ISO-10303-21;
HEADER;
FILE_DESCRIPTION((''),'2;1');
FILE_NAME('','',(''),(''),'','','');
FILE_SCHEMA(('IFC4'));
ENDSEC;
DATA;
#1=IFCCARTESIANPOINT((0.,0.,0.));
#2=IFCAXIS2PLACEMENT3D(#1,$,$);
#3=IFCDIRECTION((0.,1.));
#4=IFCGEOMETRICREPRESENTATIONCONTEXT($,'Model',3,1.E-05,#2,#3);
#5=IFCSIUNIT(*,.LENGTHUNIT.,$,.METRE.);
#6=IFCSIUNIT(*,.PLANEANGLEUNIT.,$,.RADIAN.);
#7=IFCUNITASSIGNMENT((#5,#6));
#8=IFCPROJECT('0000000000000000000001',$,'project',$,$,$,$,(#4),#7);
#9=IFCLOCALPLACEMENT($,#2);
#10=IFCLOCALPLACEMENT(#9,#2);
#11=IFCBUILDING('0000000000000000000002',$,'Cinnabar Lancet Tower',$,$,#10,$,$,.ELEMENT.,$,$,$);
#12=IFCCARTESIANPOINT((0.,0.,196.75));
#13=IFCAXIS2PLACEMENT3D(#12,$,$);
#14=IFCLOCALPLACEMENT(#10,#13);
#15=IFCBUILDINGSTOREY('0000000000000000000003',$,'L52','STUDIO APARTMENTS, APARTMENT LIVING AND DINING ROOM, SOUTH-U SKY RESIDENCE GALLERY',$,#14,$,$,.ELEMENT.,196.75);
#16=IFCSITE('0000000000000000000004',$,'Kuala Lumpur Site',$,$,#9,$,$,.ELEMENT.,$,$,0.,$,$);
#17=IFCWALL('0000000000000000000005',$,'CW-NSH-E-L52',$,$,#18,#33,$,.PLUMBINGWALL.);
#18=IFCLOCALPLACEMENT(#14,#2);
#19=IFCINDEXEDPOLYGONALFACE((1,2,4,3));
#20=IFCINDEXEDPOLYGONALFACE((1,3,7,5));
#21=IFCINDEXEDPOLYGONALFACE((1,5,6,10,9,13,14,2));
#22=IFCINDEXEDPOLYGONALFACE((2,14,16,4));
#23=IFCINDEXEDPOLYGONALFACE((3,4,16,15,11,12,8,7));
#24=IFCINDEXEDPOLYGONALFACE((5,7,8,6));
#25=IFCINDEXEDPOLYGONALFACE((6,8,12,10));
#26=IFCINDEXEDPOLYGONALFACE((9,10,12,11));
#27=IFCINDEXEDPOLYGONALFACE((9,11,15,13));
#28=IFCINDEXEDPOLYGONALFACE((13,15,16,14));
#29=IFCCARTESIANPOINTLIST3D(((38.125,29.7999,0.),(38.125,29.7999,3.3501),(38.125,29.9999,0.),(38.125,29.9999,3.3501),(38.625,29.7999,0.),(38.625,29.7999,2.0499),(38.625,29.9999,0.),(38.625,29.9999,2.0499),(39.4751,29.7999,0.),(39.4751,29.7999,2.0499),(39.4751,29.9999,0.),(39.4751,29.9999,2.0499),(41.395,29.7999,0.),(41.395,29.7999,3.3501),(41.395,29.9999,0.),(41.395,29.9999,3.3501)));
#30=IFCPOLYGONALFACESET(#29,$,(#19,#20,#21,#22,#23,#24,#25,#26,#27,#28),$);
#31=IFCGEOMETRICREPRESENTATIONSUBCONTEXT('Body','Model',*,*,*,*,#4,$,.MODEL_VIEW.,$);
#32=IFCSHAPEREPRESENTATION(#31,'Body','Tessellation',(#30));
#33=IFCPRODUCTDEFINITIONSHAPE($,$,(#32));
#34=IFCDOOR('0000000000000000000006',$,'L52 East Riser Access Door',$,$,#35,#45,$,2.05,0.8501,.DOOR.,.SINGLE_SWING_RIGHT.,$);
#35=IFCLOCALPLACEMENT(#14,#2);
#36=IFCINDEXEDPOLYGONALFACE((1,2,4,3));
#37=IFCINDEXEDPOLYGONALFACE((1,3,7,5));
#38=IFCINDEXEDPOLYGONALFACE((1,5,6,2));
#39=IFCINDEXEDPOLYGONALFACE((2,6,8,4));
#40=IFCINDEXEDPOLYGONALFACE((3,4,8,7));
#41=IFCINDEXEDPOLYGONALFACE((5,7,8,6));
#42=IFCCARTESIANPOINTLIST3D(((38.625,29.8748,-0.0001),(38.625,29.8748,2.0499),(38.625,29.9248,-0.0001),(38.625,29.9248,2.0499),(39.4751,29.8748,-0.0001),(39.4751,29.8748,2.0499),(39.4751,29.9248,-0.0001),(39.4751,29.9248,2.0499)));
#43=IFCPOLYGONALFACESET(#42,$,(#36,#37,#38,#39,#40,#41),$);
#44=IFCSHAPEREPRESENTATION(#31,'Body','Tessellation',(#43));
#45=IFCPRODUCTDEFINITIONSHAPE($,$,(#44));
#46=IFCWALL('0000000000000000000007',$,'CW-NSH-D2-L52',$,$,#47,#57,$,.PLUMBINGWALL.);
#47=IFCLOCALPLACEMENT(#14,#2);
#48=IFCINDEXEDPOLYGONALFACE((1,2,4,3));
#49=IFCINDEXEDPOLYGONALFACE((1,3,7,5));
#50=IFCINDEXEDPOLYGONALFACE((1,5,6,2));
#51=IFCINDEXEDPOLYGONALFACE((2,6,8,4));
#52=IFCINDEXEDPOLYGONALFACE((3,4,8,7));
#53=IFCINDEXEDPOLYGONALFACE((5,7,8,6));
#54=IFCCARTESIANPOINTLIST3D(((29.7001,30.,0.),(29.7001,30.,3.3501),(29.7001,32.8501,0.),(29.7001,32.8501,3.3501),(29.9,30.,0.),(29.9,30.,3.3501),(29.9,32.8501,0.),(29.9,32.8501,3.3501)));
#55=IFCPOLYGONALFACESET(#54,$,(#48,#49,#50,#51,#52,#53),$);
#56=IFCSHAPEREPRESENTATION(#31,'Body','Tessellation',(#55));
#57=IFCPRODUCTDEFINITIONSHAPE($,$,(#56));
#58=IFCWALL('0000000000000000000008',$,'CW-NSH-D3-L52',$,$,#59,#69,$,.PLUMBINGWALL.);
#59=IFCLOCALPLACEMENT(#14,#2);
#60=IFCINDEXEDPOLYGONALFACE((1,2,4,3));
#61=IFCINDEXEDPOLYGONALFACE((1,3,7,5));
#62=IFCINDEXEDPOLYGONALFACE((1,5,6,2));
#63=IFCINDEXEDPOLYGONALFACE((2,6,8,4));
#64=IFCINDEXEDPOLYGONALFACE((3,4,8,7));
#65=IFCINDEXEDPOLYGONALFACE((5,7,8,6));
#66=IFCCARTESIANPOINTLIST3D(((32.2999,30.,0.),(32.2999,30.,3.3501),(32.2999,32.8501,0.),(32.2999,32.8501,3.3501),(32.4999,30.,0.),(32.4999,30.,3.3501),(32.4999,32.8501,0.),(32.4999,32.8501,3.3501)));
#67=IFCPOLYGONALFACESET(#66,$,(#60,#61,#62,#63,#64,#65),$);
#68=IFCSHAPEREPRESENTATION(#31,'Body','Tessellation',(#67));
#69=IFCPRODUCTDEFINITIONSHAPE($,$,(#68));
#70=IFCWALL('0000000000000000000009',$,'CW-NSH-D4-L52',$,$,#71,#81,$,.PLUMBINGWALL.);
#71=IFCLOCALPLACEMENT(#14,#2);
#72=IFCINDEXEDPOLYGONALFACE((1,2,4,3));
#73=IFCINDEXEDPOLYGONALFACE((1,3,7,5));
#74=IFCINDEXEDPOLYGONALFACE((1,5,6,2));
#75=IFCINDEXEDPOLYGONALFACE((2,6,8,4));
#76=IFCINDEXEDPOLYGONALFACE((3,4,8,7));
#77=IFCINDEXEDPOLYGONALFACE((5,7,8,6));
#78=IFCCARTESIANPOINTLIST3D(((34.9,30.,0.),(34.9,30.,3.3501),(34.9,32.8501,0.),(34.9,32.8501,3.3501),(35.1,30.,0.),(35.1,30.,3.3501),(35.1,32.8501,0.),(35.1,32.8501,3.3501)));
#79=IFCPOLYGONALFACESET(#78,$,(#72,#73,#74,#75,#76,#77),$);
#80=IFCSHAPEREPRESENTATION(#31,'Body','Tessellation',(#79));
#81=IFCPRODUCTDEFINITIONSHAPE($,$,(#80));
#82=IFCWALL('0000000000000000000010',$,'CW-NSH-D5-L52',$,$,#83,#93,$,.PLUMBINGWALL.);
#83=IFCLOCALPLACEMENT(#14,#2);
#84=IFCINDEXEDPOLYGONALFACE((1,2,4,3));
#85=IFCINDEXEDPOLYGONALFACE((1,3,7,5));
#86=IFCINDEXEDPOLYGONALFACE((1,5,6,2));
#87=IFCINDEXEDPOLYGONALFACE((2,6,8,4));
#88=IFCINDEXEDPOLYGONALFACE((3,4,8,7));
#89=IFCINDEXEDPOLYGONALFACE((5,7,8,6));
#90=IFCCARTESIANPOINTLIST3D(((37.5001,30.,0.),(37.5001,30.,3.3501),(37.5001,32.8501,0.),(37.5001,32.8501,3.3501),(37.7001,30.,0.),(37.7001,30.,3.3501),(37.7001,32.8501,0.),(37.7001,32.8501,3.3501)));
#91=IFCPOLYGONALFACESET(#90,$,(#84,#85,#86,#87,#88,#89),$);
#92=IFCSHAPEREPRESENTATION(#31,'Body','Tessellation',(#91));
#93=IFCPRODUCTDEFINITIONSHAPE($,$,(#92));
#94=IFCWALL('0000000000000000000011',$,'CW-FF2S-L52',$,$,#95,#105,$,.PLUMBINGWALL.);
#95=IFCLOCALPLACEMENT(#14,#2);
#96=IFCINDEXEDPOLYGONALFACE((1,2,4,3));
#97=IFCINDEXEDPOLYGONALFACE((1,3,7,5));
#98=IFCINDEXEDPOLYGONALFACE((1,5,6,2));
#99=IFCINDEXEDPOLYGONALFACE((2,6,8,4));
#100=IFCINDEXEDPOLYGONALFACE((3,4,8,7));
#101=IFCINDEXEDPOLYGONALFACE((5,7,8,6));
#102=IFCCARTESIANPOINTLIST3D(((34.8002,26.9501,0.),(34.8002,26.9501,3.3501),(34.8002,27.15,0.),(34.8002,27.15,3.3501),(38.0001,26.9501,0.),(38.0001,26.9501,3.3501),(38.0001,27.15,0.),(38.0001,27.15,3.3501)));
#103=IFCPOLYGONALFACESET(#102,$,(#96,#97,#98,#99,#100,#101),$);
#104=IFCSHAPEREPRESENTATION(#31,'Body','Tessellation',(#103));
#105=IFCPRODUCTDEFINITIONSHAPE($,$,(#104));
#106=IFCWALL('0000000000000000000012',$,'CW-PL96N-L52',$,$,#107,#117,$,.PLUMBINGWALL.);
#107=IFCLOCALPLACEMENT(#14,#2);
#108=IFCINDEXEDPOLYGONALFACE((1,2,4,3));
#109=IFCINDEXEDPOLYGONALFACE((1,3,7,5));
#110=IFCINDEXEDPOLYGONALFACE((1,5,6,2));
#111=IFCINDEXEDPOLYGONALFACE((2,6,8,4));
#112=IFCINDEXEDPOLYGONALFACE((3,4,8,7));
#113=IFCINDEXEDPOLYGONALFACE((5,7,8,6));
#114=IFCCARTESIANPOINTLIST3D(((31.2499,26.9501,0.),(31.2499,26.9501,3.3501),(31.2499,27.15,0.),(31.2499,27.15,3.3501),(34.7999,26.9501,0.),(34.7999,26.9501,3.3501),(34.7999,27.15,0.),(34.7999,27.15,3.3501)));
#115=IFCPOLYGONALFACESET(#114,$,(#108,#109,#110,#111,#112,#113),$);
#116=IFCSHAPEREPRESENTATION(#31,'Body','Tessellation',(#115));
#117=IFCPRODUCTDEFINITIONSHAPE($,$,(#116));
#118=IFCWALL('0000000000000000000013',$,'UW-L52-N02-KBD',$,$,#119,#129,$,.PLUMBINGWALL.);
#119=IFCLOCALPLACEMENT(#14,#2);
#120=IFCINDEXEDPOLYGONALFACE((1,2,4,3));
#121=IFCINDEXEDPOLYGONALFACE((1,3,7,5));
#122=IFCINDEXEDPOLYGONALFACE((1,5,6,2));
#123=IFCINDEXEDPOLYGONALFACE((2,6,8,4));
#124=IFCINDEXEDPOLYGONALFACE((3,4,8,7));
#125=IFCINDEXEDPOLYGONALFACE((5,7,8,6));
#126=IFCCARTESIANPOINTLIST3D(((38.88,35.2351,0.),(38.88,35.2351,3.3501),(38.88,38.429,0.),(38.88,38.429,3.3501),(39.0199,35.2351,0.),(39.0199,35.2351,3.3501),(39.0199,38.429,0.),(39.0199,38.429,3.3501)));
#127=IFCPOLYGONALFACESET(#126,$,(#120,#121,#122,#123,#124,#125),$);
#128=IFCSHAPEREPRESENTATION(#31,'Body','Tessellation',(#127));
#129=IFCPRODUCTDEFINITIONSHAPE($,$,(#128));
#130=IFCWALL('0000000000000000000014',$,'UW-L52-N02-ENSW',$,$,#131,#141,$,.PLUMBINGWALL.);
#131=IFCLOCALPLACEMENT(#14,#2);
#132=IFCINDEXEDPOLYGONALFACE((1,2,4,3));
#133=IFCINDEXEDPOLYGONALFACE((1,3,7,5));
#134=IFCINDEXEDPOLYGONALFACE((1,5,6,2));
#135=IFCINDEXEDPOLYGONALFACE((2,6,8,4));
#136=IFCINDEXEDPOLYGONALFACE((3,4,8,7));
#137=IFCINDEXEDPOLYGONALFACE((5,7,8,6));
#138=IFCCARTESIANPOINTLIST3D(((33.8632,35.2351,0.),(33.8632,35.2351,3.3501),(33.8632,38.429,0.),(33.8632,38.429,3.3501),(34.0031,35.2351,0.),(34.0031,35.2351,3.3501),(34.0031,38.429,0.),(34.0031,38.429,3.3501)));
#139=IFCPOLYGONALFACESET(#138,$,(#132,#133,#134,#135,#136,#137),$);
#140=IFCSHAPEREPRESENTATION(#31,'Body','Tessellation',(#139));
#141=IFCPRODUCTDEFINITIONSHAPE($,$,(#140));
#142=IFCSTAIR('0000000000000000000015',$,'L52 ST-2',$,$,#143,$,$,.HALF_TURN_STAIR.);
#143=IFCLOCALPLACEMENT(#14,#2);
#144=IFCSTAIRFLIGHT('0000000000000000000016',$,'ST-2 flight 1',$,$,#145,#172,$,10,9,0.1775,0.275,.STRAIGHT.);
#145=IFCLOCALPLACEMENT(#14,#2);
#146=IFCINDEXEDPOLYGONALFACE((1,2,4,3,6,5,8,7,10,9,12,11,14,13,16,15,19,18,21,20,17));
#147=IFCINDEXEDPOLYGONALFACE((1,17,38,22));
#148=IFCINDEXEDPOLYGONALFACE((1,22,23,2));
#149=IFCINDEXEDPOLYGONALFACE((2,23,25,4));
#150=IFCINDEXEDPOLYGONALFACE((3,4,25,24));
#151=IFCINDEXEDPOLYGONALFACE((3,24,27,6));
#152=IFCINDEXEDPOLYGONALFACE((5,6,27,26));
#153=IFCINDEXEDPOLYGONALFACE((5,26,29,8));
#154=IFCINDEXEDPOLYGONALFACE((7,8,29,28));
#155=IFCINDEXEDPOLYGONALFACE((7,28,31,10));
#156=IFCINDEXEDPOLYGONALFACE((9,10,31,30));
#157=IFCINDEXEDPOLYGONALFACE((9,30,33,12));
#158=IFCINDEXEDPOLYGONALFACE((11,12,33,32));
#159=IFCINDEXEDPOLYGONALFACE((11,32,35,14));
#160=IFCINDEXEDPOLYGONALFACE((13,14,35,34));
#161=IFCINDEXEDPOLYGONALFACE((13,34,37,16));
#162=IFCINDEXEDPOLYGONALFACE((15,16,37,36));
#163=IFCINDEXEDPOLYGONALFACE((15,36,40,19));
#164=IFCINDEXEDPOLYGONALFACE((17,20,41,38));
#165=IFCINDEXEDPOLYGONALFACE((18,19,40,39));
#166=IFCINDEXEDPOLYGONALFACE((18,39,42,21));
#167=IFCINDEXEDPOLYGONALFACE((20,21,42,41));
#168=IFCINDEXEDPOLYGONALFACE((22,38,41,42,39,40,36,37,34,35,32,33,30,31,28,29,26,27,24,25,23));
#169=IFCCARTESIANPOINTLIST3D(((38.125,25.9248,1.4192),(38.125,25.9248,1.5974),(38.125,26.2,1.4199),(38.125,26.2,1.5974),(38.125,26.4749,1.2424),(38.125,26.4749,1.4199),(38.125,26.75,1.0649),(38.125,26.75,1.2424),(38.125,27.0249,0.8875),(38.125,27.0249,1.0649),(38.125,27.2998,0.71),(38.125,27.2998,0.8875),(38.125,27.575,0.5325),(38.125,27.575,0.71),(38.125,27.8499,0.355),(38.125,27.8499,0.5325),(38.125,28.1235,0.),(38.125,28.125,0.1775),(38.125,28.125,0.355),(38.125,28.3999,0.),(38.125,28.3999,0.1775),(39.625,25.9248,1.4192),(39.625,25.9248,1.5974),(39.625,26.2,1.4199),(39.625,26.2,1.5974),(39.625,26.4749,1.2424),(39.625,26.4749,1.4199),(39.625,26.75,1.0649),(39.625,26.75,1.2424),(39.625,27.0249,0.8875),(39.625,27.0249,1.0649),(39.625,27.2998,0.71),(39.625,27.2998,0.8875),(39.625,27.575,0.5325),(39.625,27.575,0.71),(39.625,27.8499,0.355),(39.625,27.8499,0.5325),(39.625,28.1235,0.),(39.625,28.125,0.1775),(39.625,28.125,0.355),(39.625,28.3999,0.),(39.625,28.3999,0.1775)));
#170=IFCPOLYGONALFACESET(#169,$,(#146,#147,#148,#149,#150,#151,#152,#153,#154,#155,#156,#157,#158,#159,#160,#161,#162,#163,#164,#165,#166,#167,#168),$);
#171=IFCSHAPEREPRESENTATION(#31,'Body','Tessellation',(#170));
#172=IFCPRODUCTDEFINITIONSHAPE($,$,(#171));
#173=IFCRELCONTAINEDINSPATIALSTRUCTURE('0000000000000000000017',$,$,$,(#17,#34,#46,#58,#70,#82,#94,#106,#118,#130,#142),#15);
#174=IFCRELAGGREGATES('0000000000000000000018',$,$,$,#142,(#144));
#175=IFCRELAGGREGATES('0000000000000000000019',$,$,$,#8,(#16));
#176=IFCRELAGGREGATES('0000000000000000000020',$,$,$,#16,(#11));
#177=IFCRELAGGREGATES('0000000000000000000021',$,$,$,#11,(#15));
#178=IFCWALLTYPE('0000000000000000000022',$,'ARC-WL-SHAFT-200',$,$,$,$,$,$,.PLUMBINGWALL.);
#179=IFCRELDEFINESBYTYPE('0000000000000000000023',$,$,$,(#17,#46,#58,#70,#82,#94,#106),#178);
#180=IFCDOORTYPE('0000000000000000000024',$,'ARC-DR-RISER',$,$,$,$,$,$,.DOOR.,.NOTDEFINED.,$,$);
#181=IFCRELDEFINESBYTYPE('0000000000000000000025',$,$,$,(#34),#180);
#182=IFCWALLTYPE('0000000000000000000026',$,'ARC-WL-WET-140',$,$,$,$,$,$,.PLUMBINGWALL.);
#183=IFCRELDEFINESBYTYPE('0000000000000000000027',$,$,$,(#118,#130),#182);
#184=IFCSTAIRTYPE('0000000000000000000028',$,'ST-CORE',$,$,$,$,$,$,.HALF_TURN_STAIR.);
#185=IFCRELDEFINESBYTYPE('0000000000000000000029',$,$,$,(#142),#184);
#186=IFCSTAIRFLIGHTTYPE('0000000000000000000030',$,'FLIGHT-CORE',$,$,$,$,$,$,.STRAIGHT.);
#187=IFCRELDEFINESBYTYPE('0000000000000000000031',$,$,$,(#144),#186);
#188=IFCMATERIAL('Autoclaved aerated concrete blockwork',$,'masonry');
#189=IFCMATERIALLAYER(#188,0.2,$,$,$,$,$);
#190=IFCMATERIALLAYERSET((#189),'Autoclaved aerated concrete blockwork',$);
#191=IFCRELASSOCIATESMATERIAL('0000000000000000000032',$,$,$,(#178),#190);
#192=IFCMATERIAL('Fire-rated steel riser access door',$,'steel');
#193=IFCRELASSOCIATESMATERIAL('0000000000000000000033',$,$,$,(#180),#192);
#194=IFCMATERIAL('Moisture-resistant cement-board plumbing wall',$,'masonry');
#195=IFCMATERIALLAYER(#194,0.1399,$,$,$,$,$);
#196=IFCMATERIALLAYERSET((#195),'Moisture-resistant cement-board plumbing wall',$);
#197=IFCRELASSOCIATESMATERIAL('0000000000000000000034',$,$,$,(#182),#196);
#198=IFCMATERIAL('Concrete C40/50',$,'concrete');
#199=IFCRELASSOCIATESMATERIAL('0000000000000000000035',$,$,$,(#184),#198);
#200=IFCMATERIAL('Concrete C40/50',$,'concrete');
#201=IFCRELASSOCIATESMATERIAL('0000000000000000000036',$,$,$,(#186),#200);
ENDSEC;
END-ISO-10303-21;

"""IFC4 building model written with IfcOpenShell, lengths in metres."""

from ifc_helpers import new_model, si_unit, direction, frame, frame_2d, origin, place, context, subcontext, project, spatial, polyline, rectangle, outline, extrude, material, layer, layer_set, type_object, element, fill, aggregate, save


model = new_model("IFC4")

# Units and contexts
model_context = context("Model", 3, precision=1e-05, world=origin(), true_north=direction((0.0, 1.0)))
body_context = subcontext(model_context, "Body", "Model", "MODEL_VIEW")
ifc_project = project(units=[si_unit("LENGTHUNIT", "METRE"), si_unit("PLANEANGLEUNIT", "RADIAN")], contexts=[model_context])

# Site, building, storey
site_placement = place(None, origin())
site = spatial("IfcSite", under=ifc_project, at=site_placement, Name="Kuala Lumpur Site", CompositionType="ELEMENT", RefElevation=0.0)
building_placement = place(site_placement, origin())
building = spatial("IfcBuilding", under=site, at=building_placement, Name="Cinnabar Lancet Tower", CompositionType="ELEMENT")
storey_placement = place(building_placement, frame((0.0, 0.0, 196.75)))
storey = spatial("IfcBuildingStorey", under=building, at=storey_placement, Name="L52", Description="STUDIO APARTMENTS, APARTMENT LIVING AND DINING ROOM, SOUTH-U SKY RESIDENCE GALLERY", CompositionType="ELEMENT", Elevation=196.75)

# Shared definitions
ifc_material_1 = material(Name="Autoclaved aerated concrete blockwork", Category="masonry")
ifc_layer_1 = layer(ifc_material_1, 0.2)
ifc_layer_set_1 = layer_set([ifc_layer_1], Name="Autoclaved aerated concrete blockwork")
wall_type_1 = type_object("IfcWallType", Name="ARC-WL-SHAFT-200", PredefinedType="PLUMBINGWALL", material=ifc_layer_set_1)

# Wall, opening, door
wall_1_placement = place(storey_placement, frame((38.125, 29.8999, 0.0), z_axis=(0.0, 0.0, 1.0), x_axis=(1.0, 0.0, 0.0)))
wall_1 = element("IfcWall", 1, at=wall_1_placement, inside=storey, type_object=wall_type_1, Name="CW-NSH-E-L52", PredefinedType="PLUMBINGWALL", context=body_context, shape_type="SweptSolid", body=[
    extrude(rectangle(XDim=3.27, YDim=0.2, at=frame_2d((1.635, 0.0))), origin(), (0.0, 0.0, 1.0), 3.3501),
])
opening_1_placement = place(wall_1_placement, frame((0.5, 0.0, 0.0)))
opening_1 = element("IfcOpeningElement", 2, at=opening_1_placement, cuts=wall_1, PredefinedType="OPENING", context=body_context, shape_type="SweptSolid", body=[
    extrude(rectangle(XDim=0.8501, YDim=2.05, at=frame_2d((0.425, 1.0249))), frame((0.0, 0.1099, 0.0), z_axis=(0.0, -1.0, 0.0), x_axis=(1.0, 0.0, 0.0)), (0.0, 0.0, 1.0), 0.22),
])
ifc_material_2 = material(Name="Fire-rated steel riser access door", Category="steel")
door_type_1 = type_object("IfcDoorType", Name="ARC-DR-RISER", OperationType="NOTDEFINED", PredefinedType="DOOR", material=ifc_material_2)
door_1_placement = place(opening_1_placement, origin())
door_1 = element("IfcDoor", 3, at=door_1_placement, inside=storey, type_object=door_type_1, Name="L52 East Riser Access Door", OperationType="SINGLE_SWING_RIGHT", OverallHeight=2.05, OverallWidth=0.8501, PredefinedType="DOOR", context=body_context, shape_type="SweptSolid", body=[
    extrude(rectangle(XDim=0.8501, YDim=2.05, at=frame_2d((0.425, 1.0249))), frame((0.0, 0.0249, 0.0), z_axis=(0.0, -1.0, 0.0), x_axis=(1.0, 0.0, 0.0)), (0.0, 0.0, 1.0), 0.05),
])
fill(opening_1, door_1)

# Walls
for number, where, z_axis, x_axis, name in (
    (4, (29.8, 30.0, 0.0), (0.0, 0.0, 1.0), (0.0, 1.0, 0.0), "CW-NSH-D2-L52"),
    (5, (32.3999, 30.0, 0.0), (0.0, 0.0, 1.0), (0.0, 1.0, 0.0), "CW-NSH-D3-L52"),
    (6, (35.0, 30.0, 0.0), (0.0, 0.0, 1.0), (0.0, 1.0, 0.0), "CW-NSH-D4-L52"),
    (7, (37.6001, 30.0, 0.0), (0.0, 0.0, 1.0), (0.0, 1.0, 0.0), "CW-NSH-D5-L52"),
):
    element("IfcWall", number, at=place(storey_placement, frame(where, z_axis=z_axis, x_axis=x_axis)), inside=storey, type_object=wall_type_1, Name=name, PredefinedType="PLUMBINGWALL", context=body_context, shape_type="SweptSolid", body=[
        extrude(rectangle(XDim=2.8501, YDim=0.2, at=frame_2d((1.425, 0.0))), origin(), (0.0, 0.0, 1.0), 3.3501),
    ])

# Walls
wall_2_placement = place(storey_placement, frame((34.8, 27.05, 0.0), z_axis=(0.0, 0.0, 1.0), x_axis=(1.0, 0.0, 0.0)))
element("IfcWall", 8, at=wall_2_placement, inside=storey, type_object=wall_type_1, Name="CW-FF2S-L52", PredefinedType="PLUMBINGWALL", context=body_context, shape_type="SweptSolid", body=[
    extrude(rectangle(XDim=3.2, YDim=0.2, at=frame_2d((1.6001, 0.0))), origin(), (0.0, 0.0, 1.0), 3.3501),
])
wall_3_placement = place(storey_placement, frame((31.25, 27.05, 0.0), z_axis=(0.0, 0.0, 1.0), x_axis=(1.0, 0.0, 0.0)))
element("IfcWall", 9, at=wall_3_placement, inside=storey, type_object=wall_type_1, Name="CW-PL96N-L52", PredefinedType="PLUMBINGWALL", context=body_context, shape_type="SweptSolid", body=[
    extrude(rectangle(XDim=3.55, YDim=0.2, at=frame_2d((1.7749, 0.0))), origin(), (0.0, 0.0, 1.0), 3.3501),
])
ifc_material_3 = material(Name="Moisture-resistant cement-board plumbing wall", Category="masonry")
ifc_layer_2 = layer(ifc_material_3, 0.1399)
ifc_layer_set_2 = layer_set([ifc_layer_2], Name="Moisture-resistant cement-board plumbing wall")
wall_type_2 = type_object("IfcWallType", Name="ARC-WL-WET-140", PredefinedType="PLUMBINGWALL", material=ifc_layer_set_2)
for number, where, z_axis, x_axis, name in (
    (10, (38.95, 35.2351, 0.0), (0.0, 0.0, 1.0), (0.0, 1.0, 0.0), "UW-L52-N02-KBD"),
    (11, (33.9331, 35.2351, 0.0), (0.0, 0.0, 1.0), (0.0, 1.0, 0.0), "UW-L52-N02-ENSW"),
):
    element("IfcWall", number, at=place(storey_placement, frame(where, z_axis=z_axis, x_axis=x_axis)), inside=storey, type_object=wall_type_2, Name=name, PredefinedType="PLUMBINGWALL", context=body_context, shape_type="SweptSolid", body=[
        extrude(rectangle(XDim=3.1938, YDim=0.1399, at=frame_2d((1.5969, 0.0))), origin(), (0.0, 0.0, 1.0), 3.3501),
    ])

# Stair, stair flight
ifc_material_4 = material(Name="Concrete C40/50", Category="concrete")
stair_type = type_object("IfcStairType", Name="ST-CORE", PredefinedType="HALF_TURN_STAIR", material=ifc_material_4)
stair_placement = place(storey_placement, origin())
stair = element("IfcStair", 12, at=stair_placement, inside=storey, type_object=stair_type, Name="L52 ST-2", PredefinedType="HALF_TURN_STAIR")
ifc_material_5 = material(Name="Concrete C40/50", Category="concrete")
stair_flight_type = type_object("IfcStairFlightType", Name="FLIGHT-CORE", PredefinedType="STRAIGHT", material=ifc_material_5)
stair_flight_placement = place(storey_placement, frame((38.875, 28.3999, 0.0), z_axis=(0.0, 0.0, 1.0), x_axis=(0.0, -1.0, 0.0)))
stair_flight = element("IfcStairFlight", 13, at=stair_flight_placement, type_object=stair_flight_type, Name="ST-2 flight 1", NumberOfRisers=10, NumberOfTreads=9, PredefinedType="STRAIGHT", RiserHeight=0.1775, TreadLength=0.275, context=body_context, shape_type="SweptSolid", body=[
    extrude(outline(polyline([(0.0, 0.0), (0.0, 0.1775), (0.2749, 0.1775), (0.2749, 0.355), (0.55, 0.355), (0.55, 0.5325), (0.825, 0.5325), (0.825, 0.71), (1.1001, 0.71), (1.1001, 0.8875), (1.375, 0.8875), (1.375, 1.0649), (1.6499, 1.0649), (1.6499, 1.2424), (1.925, 1.2424), (1.925, 1.4199), (2.2, 1.4199), (2.2, 1.5974), (2.4751, 1.5974), (2.4751, 1.7749), (2.4751, 1.4192), (0.2764, 0.0), (0.0, 0.0)])), frame((0.0, 0.75, 0.0), z_axis=(0.0, -1.0, 0.0), x_axis=(1.0, 0.0, 0.0)), (0.0, 0.0, 1.0), 1.5),
])
aggregate(stair, [stair_flight])

save(model, "model.ifc")
